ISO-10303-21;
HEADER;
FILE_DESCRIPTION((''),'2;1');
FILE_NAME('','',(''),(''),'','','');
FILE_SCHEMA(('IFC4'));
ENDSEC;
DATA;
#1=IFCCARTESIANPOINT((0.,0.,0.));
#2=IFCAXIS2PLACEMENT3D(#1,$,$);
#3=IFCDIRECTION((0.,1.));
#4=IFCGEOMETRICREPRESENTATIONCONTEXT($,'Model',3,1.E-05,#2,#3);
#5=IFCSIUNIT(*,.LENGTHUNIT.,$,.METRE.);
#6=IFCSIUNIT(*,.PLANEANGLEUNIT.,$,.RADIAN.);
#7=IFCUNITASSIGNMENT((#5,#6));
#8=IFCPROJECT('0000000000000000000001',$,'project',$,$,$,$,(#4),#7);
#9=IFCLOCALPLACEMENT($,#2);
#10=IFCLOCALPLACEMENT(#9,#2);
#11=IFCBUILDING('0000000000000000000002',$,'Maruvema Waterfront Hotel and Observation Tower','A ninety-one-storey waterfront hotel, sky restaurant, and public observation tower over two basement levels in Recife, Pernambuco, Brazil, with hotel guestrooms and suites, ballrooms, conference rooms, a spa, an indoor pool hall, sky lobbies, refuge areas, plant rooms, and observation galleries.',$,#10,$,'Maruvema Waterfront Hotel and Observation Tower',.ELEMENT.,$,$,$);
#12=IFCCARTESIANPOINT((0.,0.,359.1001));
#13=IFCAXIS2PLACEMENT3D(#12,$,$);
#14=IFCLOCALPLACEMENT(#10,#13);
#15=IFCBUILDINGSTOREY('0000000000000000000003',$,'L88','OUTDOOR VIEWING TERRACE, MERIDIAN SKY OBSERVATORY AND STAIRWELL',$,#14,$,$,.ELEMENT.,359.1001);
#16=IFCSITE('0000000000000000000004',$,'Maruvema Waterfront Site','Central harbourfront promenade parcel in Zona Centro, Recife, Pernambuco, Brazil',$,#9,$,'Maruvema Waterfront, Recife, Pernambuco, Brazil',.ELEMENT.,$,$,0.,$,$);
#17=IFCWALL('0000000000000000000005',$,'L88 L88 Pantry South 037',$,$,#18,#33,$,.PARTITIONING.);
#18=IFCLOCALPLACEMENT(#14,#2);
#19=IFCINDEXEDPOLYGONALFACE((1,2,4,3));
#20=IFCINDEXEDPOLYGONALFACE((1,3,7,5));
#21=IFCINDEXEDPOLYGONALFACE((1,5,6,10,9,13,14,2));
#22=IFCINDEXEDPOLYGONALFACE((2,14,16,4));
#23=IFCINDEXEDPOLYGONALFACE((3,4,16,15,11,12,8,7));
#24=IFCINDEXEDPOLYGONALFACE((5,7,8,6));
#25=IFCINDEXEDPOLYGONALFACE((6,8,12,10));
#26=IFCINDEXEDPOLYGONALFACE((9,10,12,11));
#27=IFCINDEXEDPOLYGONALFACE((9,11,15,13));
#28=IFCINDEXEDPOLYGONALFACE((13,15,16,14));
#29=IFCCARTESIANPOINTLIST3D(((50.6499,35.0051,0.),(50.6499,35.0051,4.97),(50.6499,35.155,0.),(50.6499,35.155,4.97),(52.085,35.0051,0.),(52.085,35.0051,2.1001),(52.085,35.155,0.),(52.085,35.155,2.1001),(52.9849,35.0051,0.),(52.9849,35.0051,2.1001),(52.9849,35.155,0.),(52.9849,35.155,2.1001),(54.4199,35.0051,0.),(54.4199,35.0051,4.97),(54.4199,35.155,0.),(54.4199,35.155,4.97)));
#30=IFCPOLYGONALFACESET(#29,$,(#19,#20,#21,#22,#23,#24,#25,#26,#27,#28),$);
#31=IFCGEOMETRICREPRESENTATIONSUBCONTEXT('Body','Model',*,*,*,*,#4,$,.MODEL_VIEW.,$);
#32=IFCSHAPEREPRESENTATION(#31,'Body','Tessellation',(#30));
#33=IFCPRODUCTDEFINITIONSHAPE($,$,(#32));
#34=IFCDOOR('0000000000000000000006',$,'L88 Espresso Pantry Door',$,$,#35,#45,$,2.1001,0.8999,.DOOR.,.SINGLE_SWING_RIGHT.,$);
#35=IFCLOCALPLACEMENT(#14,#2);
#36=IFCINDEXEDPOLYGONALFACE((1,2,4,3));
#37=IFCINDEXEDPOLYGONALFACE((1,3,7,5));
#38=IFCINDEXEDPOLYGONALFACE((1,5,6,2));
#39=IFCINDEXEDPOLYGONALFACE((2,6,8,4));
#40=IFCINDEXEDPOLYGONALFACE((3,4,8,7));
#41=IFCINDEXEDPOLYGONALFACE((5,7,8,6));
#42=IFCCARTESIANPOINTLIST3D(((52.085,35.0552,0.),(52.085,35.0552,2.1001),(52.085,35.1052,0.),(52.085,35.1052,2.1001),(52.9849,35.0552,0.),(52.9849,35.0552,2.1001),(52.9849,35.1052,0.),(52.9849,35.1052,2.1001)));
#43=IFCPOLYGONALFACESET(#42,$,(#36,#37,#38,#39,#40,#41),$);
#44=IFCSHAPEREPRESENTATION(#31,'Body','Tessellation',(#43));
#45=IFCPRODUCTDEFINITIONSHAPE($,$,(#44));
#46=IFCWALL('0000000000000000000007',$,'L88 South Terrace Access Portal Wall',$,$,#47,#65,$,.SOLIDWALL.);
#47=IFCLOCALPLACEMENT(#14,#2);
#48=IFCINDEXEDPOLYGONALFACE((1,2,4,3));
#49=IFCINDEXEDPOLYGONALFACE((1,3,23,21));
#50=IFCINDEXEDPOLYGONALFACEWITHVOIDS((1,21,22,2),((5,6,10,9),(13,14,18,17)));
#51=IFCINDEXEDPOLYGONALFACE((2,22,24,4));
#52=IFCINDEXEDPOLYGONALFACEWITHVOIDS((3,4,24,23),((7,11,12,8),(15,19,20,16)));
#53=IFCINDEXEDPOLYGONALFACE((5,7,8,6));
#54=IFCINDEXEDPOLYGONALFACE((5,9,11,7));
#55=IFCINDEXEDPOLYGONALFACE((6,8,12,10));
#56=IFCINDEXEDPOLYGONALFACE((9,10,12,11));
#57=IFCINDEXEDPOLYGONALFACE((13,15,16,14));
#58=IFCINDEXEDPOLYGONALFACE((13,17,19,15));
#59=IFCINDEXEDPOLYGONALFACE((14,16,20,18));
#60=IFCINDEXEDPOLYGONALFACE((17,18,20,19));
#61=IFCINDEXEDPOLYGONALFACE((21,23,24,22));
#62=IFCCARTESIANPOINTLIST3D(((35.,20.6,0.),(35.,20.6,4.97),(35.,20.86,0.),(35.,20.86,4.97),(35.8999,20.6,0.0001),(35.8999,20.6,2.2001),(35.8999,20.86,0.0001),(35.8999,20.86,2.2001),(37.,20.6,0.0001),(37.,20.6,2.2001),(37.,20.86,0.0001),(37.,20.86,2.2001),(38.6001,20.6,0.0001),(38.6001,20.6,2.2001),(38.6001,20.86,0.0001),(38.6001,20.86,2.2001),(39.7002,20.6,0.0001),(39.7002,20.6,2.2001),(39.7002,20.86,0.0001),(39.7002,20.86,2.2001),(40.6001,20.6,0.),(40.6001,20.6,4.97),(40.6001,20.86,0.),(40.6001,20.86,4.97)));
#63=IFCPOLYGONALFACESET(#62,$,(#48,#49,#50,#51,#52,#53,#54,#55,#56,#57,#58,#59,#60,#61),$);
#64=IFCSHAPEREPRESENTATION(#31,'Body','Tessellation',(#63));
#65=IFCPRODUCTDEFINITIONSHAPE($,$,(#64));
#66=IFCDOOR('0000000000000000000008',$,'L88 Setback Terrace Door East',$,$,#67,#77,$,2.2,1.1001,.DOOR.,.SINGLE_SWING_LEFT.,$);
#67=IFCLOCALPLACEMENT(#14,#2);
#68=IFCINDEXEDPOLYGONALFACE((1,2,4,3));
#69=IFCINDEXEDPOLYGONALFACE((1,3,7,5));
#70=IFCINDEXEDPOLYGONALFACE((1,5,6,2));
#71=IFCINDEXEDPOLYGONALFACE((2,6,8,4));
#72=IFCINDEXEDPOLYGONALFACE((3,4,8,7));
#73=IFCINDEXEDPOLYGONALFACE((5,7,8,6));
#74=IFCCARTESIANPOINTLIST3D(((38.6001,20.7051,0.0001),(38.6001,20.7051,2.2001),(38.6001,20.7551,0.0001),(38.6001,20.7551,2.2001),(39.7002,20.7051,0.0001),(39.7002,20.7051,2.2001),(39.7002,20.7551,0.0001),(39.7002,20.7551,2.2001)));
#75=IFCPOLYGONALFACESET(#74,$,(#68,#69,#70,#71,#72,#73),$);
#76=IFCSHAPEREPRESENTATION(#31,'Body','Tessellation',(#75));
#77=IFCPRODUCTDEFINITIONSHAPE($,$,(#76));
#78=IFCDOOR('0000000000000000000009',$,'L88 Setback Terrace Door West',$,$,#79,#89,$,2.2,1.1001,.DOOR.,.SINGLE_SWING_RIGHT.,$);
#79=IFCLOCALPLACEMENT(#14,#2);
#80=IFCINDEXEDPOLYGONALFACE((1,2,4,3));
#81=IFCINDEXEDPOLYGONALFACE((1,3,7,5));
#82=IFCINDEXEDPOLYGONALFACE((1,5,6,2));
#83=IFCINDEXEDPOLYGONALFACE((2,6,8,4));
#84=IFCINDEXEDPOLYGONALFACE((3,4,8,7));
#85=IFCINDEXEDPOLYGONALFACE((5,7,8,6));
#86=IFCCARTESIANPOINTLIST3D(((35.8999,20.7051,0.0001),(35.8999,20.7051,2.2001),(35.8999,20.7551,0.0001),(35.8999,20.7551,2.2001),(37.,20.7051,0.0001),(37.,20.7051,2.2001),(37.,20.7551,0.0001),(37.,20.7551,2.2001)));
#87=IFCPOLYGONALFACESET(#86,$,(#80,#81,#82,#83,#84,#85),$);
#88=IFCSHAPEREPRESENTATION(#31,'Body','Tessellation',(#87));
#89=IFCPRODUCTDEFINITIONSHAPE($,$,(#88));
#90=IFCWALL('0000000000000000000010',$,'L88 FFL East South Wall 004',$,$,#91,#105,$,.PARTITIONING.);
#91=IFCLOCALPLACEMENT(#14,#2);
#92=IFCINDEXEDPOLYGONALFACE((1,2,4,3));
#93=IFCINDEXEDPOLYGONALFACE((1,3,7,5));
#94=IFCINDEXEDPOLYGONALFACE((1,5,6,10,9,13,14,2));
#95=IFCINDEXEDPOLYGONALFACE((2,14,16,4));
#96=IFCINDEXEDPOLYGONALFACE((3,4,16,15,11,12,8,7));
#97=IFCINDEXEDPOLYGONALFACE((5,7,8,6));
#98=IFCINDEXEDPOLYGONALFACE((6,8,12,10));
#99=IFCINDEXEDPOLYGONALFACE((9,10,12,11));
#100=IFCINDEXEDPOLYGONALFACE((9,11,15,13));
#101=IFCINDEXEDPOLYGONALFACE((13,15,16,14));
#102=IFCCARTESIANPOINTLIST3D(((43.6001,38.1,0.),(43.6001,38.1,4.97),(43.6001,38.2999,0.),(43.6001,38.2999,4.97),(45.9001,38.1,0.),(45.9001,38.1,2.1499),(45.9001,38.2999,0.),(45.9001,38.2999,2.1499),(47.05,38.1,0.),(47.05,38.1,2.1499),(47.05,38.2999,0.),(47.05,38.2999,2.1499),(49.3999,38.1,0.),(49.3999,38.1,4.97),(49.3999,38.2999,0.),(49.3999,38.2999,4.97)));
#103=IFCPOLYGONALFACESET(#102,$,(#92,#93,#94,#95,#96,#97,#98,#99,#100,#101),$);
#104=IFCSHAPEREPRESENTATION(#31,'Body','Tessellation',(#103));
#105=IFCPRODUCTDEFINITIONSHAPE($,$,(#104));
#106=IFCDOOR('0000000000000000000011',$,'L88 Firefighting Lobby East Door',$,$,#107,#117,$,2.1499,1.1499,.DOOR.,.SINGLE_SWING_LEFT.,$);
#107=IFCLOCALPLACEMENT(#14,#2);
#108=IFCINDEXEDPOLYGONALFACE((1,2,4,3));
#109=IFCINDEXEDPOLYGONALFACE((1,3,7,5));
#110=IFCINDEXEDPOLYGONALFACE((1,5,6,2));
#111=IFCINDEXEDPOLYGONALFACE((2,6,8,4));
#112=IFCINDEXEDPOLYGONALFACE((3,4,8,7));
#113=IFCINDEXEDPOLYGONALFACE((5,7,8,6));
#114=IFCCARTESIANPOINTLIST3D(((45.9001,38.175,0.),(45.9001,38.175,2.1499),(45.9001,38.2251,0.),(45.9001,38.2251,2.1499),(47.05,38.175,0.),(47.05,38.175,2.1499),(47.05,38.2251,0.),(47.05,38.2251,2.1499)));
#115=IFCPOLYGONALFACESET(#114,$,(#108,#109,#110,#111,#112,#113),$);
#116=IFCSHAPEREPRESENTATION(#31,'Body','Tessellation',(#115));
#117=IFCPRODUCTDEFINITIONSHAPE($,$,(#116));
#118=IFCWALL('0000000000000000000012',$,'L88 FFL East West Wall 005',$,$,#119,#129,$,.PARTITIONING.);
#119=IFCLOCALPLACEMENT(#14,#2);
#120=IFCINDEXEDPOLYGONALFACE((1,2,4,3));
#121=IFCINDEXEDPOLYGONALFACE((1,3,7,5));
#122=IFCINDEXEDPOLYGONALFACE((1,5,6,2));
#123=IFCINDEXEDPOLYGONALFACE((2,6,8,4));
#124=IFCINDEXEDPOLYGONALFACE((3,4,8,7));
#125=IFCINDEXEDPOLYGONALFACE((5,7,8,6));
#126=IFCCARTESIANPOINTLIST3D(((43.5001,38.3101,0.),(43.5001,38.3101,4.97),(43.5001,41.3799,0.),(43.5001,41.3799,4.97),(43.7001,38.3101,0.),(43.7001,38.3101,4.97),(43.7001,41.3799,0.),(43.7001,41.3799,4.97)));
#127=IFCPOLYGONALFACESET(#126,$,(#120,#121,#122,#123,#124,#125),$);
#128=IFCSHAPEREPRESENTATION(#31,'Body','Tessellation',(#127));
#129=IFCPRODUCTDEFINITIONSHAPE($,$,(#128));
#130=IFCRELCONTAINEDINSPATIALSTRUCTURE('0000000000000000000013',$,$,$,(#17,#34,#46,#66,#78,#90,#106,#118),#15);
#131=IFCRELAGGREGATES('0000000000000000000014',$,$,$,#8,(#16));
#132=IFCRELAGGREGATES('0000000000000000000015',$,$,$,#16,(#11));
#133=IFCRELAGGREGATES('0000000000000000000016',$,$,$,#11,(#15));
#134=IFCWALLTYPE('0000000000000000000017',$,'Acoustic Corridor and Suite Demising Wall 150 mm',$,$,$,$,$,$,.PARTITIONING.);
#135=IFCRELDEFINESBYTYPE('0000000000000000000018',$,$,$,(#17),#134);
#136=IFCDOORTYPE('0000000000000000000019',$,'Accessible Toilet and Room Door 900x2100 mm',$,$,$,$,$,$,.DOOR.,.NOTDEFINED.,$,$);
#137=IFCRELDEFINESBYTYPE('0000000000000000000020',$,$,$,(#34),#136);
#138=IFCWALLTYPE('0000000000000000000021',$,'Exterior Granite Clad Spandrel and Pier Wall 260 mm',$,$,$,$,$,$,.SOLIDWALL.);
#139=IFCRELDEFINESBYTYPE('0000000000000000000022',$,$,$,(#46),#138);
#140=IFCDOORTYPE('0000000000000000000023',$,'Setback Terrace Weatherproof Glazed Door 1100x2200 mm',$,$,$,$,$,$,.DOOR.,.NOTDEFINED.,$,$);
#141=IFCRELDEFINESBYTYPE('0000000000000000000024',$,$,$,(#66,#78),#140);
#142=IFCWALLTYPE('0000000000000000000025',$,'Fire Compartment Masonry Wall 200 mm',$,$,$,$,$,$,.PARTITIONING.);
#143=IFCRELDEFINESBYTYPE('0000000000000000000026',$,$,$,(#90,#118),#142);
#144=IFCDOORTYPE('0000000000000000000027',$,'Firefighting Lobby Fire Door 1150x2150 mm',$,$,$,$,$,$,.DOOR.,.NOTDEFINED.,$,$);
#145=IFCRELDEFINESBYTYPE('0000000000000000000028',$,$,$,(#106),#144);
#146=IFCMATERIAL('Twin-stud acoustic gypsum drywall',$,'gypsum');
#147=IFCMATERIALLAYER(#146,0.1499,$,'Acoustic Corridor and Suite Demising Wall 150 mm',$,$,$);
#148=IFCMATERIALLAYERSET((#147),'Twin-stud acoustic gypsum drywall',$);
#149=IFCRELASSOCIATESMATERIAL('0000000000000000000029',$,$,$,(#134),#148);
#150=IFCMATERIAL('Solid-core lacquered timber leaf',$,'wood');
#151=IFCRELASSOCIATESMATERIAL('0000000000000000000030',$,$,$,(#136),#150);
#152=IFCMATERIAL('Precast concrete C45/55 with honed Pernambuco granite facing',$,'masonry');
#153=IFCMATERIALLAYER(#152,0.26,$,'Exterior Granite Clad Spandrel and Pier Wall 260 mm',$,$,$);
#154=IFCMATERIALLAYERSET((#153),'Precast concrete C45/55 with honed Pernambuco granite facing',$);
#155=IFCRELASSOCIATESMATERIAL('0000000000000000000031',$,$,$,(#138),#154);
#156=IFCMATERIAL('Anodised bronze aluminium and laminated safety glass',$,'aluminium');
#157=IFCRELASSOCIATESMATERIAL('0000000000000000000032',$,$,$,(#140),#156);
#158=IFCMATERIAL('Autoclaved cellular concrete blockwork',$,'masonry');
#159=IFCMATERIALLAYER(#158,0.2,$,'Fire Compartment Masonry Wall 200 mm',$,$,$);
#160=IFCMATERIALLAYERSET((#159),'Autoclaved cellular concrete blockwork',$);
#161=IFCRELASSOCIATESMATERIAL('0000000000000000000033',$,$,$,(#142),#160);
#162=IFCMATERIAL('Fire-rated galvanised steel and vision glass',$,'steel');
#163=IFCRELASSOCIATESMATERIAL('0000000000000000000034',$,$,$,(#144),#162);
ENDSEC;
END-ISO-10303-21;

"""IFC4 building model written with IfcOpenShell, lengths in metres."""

from ifc_helpers import new_model, si_unit, direction, frame, frame_2d, origin, place, context, subcontext, project, spatial, rectangle, extrude, material, layer, layer_set, type_object, element, fill, save


model = new_model("IFC4")

# Units and contexts
model_context = context("Model", 3, precision=1e-05, world=origin(), true_north=direction((0.0, 1.0)))
body_context = subcontext(model_context, "Body", "Model", "MODEL_VIEW")
ifc_project = project(units=[si_unit("LENGTHUNIT", "METRE"), si_unit("PLANEANGLEUNIT", "RADIAN")], contexts=[model_context])

# Site, building, storey
site_placement = place(None, origin())
site = spatial("IfcSite", under=ifc_project, at=site_placement, Name="Maruvema Waterfront Site", Description="Central harbourfront promenade parcel in Zona Centro, Recife, Pernambuco, Brazil", LongName="Maruvema Waterfront, Recife, Pernambuco, Brazil", CompositionType="ELEMENT", RefElevation=0.0)
building_placement = place(site_placement, origin())
building = spatial("IfcBuilding", under=site, at=building_placement, Name="Maruvema Waterfront Hotel and Observation Tower", Description="A ninety-one-storey waterfront hotel, sky restaurant, and public observation tower over two basement levels in Recife, Pernambuco, Brazil, with hotel guestrooms and suites, ballrooms, conference rooms, a spa, an indoor pool hall, sky lobbies, refuge areas, plant rooms, and observation galleries.", LongName="Maruvema Waterfront Hotel and Observation Tower", CompositionType="ELEMENT")
storey_placement = place(building_placement, frame((0.0, 0.0, 359.1001)))
storey = spatial("IfcBuildingStorey", under=building, at=storey_placement, Name="L88", Description="OUTDOOR VIEWING TERRACE, MERIDIAN SKY OBSERVATORY AND STAIRWELL", CompositionType="ELEMENT", Elevation=359.1001)

# Wall, opening, door
ifc_material_1 = material(Name="Twin-stud acoustic gypsum drywall", Category="gypsum")
ifc_layer_1 = layer(ifc_material_1, 0.1499, Name="Acoustic Corridor and Suite Demising Wall 150 mm")
ifc_layer_set_1 = layer_set([ifc_layer_1], Name="Twin-stud acoustic gypsum drywall")
wall_type_1 = type_object("IfcWallType", Name="Acoustic Corridor and Suite Demising Wall 150 mm", PredefinedType="PARTITIONING", material=ifc_layer_set_1)
ifc_material_2 = material(Name="Solid-core lacquered timber leaf", Category="wood")
door_type_1 = type_object("IfcDoorType", Name="Accessible Toilet and Room Door 900x2100 mm", OperationType="NOTDEFINED", PredefinedType="DOOR", material=ifc_material_2)
wall_1_placement = place(storey_placement, frame((50.6499, 35.0801, 0.0), z_axis=(0.0, 0.0, 1.0), x_axis=(1.0, 0.0, 0.0)))
wall_1 = element("IfcWall", 1, at=wall_1_placement, inside=storey, type_object=wall_type_1, Name="L88 L88 Pantry South 037", PredefinedType="PARTITIONING", context=body_context, shape_type="SweptSolid", body=[
    extrude(rectangle(XDim=3.77, YDim=0.1499, at=frame_2d((1.885, 0.0))), origin(), (0.0, 0.0, 1.0), 4.97),
])
opening_1_placement = place(wall_1_placement, frame((1.4351, 0.0, 0.0)))
opening_1 = element("IfcOpeningElement", 2, at=opening_1_placement, cuts=wall_1, PredefinedType="OPENING", context=body_context, shape_type="SweptSolid", body=[
    extrude(rectangle(XDim=0.8999, YDim=2.1001, at=frame_2d((0.45, 1.05))), frame((0.0, 0.085, 0.0), z_axis=(0.0, -1.0, 0.0), x_axis=(1.0, 0.0, 0.0)), (0.0, 0.0, 1.0), 0.1699),
])
door_1_placement = place(opening_1_placement, frame((0.8999, 0.0, 0.0), z_axis=(0.0, 0.0, 1.0), x_axis=(-1.0, 0.0, 0.0)))
door_1 = element("IfcDoor", 3, at=door_1_placement, inside=storey, type_object=door_type_1, Name="L88 Espresso Pantry Door", OperationType="SINGLE_SWING_RIGHT", OverallHeight=2.1001, OverallWidth=0.8999, PredefinedType="DOOR", context=body_context, shape_type="SweptSolid", body=[
    extrude(rectangle(XDim=0.8999, YDim=2.1001, at=frame_2d((0.45, 1.05))), frame((0.0, 0.0249, 0.0), z_axis=(0.0, -1.0, 0.0), x_axis=(1.0, 0.0, 0.0)), (0.0, 0.0, 1.0), 0.05),
])
fill(opening_1, door_1)

# Wall, openings, doors
ifc_material_3 = material(Name="Precast concrete C45/55 with honed Pernambuco granite facing", Category="masonry")
ifc_layer_2 = layer(ifc_material_3, 0.26, Name="Exterior Granite Clad Spandrel and Pier Wall 260 mm")
ifc_layer_set_2 = layer_set([ifc_layer_2], Name="Precast concrete C45/55 with honed Pernambuco granite facing")
wall_type_2 = type_object("IfcWallType", Name="Exterior Granite Clad Spandrel and Pier Wall 260 mm", PredefinedType="SOLIDWALL", material=ifc_layer_set_2)
wall_2_placement = place(storey_placement, frame((40.6001, 20.73, 0.0), z_axis=(0.0, 0.0, 1.0), x_axis=(-1.0, 0.0, 0.0)))
wall_2 = element("IfcWall", 4, at=wall_2_placement, inside=storey, type_object=wall_type_2, Name="L88 South Terrace Access Portal Wall", PredefinedType="SOLIDWALL", context=body_context, shape_type="SweptSolid", body=[
    extrude(rectangle(XDim=5.6001, YDim=0.26, at=frame_2d((2.8, 0.0))), origin(), (0.0, 0.0, 1.0), 4.97),
])
opening_2_placement = place(wall_2_placement, frame((0.8999, 0.0, 0.0)))
opening_2 = element("IfcOpeningElement", 5, at=opening_2_placement, cuts=wall_2, PredefinedType="OPENING", context=body_context, shape_type="SweptSolid", body=[
    extrude(rectangle(XDim=1.1001, YDim=2.2, at=frame_2d((0.55, 1.1001))), frame((0.0, 0.1401, 0.0), z_axis=(0.0, -1.0, 0.0), x_axis=(1.0, 0.0, 0.0)), (0.0, 0.0, 1.0), 0.28),
])
opening_3_placement = place(wall_2_placement, frame((3.6001, 0.0, 0.0)))
opening_3 = element("IfcOpeningElement", 6, at=opening_3_placement, cuts=wall_2, PredefinedType="OPENING", context=body_context, shape_type="SweptSolid", body=[
    extrude(rectangle(XDim=1.1001, YDim=2.2, at=frame_2d((0.55, 1.1001))), frame((0.0, 0.1401, 0.0), z_axis=(0.0, -1.0, 0.0), x_axis=(1.0, 0.0, 0.0)), (0.0, 0.0, 1.0), 0.28),
])
ifc_material_4 = material(Name="Anodised bronze aluminium and laminated safety glass", Category="aluminium")
door_type_2 = type_object("IfcDoorType", Name="Setback Terrace Weatherproof Glazed Door 1100x2200 mm", OperationType="NOTDEFINED", PredefinedType="DOOR", material=ifc_material_4)
door_2_placement = place(opening_2_placement, origin())
door_2 = element("IfcDoor", 7, at=door_2_placement, inside=storey, type_object=door_type_2, Name="L88 Setback Terrace Door East", OperationType="SINGLE_SWING_LEFT", OverallHeight=2.2, OverallWidth=1.1001, PredefinedType="DOOR", context=body_context, shape_type="SweptSolid", body=[
    extrude(rectangle(XDim=1.1001, YDim=2.2, at=frame_2d((0.55, 1.1001))), frame((0.0, 0.0249, 0.0), z_axis=(0.0, -1.0, 0.0), x_axis=(1.0, 0.0, 0.0)), (0.0, 0.0, 1.0), 0.05),
])
fill(opening_2, door_2)
door_3_placement = place(opening_3_placement, origin())
door_3 = element("IfcDoor", 8, at=door_3_placement, inside=storey, type_object=door_type_2, Name="L88 Setback Terrace Door West", OperationType="SINGLE_SWING_RIGHT", OverallHeight=2.2, OverallWidth=1.1001, PredefinedType="DOOR", context=body_context, shape_type="SweptSolid", body=[
    extrude(rectangle(XDim=1.1001, YDim=2.2, at=frame_2d((0.55, 1.1001))), frame((0.0, 0.0249, 0.0), z_axis=(0.0, -1.0, 0.0), x_axis=(1.0, 0.0, 0.0)), (0.0, 0.0, 1.0), 0.05),
])
fill(opening_3, door_3)

# Wall, opening, door
ifc_material_5 = material(Name="Autoclaved cellular concrete blockwork", Category="masonry")
ifc_layer_3 = layer(ifc_material_5, 0.2, Name="Fire Compartment Masonry Wall 200 mm")
ifc_layer_set_3 = layer_set([ifc_layer_3], Name="Autoclaved cellular concrete blockwork")
wall_type_3 = type_object("IfcWallType", Name="Fire Compartment Masonry Wall 200 mm", PredefinedType="PARTITIONING", material=ifc_layer_set_3)
wall_3_placement = place(storey_placement, frame((43.6001, 38.2, 0.0), z_axis=(0.0, 0.0, 1.0), x_axis=(1.0, 0.0, 0.0)))
wall_3 = element("IfcWall", 9, at=wall_3_placement, inside=storey, type_object=wall_type_3, Name="L88 FFL East South Wall 004", PredefinedType="PARTITIONING", context=body_context, shape_type="SweptSolid", body=[
    extrude(rectangle(XDim=5.7998, YDim=0.2, at=frame_2d((2.8999, 0.0))), origin(), (0.0, 0.0, 1.0), 4.97),
])
opening_4_placement = place(wall_3_placement, frame((2.3, 0.0, 0.0)))
opening_4 = element("IfcOpeningElement", 10, at=opening_4_placement, cuts=wall_3, PredefinedType="OPENING", context=body_context, shape_type="SweptSolid", body=[
    extrude(rectangle(XDim=1.1499, YDim=2.1499, at=frame_2d((0.575, 1.075))), frame((0.0, 0.1099, 0.0), z_axis=(0.0, -1.0, 0.0), x_axis=(1.0, 0.0, 0.0)), (0.0, 0.0, 1.0), 0.22),
])
ifc_material_6 = material(Name="Fire-rated galvanised steel and vision glass", Category="steel")
door_type_3 = type_object("IfcDoorType", Name="Firefighting Lobby Fire Door 1150x2150 mm", OperationType="NOTDEFINED", PredefinedType="DOOR", material=ifc_material_6)
door_4_placement = place(opening_4_placement, frame((1.1499, 0.0, 0.0), z_axis=(0.0, 0.0, 1.0), x_axis=(-1.0, 0.0, 0.0)))
door_4 = element("IfcDoor", 11, at=door_4_placement, inside=storey, type_object=door_type_3, Name="L88 Firefighting Lobby East Door", OperationType="SINGLE_SWING_LEFT", OverallHeight=2.1499, OverallWidth=1.1499, PredefinedType="DOOR", context=body_context, shape_type="SweptSolid", body=[
    extrude(rectangle(XDim=1.1499, YDim=2.1499, at=frame_2d((0.575, 1.075))), frame((0.0, 0.0249, 0.0), z_axis=(0.0, -1.0, 0.0), x_axis=(1.0, 0.0, 0.0)), (0.0, 0.0, 1.0), 0.05),
])
fill(opening_4, door_4)

# Wall
wall_4_placement = place(storey_placement, frame((43.6001, 38.3101, 0.0), z_axis=(0.0, 0.0, 1.0), x_axis=(0.0, 1.0, 0.0)))
element("IfcWall", 12, at=wall_4_placement, inside=storey, type_object=wall_type_3, Name="L88 FFL East West Wall 005", PredefinedType="PARTITIONING", context=body_context, shape_type="SweptSolid", body=[
    extrude(rectangle(XDim=3.0698, YDim=0.2, at=frame_2d((1.5349, 0.0))), origin(), (0.0, 0.0, 1.0), 4.97),
])

save(model, "model.ifc")
